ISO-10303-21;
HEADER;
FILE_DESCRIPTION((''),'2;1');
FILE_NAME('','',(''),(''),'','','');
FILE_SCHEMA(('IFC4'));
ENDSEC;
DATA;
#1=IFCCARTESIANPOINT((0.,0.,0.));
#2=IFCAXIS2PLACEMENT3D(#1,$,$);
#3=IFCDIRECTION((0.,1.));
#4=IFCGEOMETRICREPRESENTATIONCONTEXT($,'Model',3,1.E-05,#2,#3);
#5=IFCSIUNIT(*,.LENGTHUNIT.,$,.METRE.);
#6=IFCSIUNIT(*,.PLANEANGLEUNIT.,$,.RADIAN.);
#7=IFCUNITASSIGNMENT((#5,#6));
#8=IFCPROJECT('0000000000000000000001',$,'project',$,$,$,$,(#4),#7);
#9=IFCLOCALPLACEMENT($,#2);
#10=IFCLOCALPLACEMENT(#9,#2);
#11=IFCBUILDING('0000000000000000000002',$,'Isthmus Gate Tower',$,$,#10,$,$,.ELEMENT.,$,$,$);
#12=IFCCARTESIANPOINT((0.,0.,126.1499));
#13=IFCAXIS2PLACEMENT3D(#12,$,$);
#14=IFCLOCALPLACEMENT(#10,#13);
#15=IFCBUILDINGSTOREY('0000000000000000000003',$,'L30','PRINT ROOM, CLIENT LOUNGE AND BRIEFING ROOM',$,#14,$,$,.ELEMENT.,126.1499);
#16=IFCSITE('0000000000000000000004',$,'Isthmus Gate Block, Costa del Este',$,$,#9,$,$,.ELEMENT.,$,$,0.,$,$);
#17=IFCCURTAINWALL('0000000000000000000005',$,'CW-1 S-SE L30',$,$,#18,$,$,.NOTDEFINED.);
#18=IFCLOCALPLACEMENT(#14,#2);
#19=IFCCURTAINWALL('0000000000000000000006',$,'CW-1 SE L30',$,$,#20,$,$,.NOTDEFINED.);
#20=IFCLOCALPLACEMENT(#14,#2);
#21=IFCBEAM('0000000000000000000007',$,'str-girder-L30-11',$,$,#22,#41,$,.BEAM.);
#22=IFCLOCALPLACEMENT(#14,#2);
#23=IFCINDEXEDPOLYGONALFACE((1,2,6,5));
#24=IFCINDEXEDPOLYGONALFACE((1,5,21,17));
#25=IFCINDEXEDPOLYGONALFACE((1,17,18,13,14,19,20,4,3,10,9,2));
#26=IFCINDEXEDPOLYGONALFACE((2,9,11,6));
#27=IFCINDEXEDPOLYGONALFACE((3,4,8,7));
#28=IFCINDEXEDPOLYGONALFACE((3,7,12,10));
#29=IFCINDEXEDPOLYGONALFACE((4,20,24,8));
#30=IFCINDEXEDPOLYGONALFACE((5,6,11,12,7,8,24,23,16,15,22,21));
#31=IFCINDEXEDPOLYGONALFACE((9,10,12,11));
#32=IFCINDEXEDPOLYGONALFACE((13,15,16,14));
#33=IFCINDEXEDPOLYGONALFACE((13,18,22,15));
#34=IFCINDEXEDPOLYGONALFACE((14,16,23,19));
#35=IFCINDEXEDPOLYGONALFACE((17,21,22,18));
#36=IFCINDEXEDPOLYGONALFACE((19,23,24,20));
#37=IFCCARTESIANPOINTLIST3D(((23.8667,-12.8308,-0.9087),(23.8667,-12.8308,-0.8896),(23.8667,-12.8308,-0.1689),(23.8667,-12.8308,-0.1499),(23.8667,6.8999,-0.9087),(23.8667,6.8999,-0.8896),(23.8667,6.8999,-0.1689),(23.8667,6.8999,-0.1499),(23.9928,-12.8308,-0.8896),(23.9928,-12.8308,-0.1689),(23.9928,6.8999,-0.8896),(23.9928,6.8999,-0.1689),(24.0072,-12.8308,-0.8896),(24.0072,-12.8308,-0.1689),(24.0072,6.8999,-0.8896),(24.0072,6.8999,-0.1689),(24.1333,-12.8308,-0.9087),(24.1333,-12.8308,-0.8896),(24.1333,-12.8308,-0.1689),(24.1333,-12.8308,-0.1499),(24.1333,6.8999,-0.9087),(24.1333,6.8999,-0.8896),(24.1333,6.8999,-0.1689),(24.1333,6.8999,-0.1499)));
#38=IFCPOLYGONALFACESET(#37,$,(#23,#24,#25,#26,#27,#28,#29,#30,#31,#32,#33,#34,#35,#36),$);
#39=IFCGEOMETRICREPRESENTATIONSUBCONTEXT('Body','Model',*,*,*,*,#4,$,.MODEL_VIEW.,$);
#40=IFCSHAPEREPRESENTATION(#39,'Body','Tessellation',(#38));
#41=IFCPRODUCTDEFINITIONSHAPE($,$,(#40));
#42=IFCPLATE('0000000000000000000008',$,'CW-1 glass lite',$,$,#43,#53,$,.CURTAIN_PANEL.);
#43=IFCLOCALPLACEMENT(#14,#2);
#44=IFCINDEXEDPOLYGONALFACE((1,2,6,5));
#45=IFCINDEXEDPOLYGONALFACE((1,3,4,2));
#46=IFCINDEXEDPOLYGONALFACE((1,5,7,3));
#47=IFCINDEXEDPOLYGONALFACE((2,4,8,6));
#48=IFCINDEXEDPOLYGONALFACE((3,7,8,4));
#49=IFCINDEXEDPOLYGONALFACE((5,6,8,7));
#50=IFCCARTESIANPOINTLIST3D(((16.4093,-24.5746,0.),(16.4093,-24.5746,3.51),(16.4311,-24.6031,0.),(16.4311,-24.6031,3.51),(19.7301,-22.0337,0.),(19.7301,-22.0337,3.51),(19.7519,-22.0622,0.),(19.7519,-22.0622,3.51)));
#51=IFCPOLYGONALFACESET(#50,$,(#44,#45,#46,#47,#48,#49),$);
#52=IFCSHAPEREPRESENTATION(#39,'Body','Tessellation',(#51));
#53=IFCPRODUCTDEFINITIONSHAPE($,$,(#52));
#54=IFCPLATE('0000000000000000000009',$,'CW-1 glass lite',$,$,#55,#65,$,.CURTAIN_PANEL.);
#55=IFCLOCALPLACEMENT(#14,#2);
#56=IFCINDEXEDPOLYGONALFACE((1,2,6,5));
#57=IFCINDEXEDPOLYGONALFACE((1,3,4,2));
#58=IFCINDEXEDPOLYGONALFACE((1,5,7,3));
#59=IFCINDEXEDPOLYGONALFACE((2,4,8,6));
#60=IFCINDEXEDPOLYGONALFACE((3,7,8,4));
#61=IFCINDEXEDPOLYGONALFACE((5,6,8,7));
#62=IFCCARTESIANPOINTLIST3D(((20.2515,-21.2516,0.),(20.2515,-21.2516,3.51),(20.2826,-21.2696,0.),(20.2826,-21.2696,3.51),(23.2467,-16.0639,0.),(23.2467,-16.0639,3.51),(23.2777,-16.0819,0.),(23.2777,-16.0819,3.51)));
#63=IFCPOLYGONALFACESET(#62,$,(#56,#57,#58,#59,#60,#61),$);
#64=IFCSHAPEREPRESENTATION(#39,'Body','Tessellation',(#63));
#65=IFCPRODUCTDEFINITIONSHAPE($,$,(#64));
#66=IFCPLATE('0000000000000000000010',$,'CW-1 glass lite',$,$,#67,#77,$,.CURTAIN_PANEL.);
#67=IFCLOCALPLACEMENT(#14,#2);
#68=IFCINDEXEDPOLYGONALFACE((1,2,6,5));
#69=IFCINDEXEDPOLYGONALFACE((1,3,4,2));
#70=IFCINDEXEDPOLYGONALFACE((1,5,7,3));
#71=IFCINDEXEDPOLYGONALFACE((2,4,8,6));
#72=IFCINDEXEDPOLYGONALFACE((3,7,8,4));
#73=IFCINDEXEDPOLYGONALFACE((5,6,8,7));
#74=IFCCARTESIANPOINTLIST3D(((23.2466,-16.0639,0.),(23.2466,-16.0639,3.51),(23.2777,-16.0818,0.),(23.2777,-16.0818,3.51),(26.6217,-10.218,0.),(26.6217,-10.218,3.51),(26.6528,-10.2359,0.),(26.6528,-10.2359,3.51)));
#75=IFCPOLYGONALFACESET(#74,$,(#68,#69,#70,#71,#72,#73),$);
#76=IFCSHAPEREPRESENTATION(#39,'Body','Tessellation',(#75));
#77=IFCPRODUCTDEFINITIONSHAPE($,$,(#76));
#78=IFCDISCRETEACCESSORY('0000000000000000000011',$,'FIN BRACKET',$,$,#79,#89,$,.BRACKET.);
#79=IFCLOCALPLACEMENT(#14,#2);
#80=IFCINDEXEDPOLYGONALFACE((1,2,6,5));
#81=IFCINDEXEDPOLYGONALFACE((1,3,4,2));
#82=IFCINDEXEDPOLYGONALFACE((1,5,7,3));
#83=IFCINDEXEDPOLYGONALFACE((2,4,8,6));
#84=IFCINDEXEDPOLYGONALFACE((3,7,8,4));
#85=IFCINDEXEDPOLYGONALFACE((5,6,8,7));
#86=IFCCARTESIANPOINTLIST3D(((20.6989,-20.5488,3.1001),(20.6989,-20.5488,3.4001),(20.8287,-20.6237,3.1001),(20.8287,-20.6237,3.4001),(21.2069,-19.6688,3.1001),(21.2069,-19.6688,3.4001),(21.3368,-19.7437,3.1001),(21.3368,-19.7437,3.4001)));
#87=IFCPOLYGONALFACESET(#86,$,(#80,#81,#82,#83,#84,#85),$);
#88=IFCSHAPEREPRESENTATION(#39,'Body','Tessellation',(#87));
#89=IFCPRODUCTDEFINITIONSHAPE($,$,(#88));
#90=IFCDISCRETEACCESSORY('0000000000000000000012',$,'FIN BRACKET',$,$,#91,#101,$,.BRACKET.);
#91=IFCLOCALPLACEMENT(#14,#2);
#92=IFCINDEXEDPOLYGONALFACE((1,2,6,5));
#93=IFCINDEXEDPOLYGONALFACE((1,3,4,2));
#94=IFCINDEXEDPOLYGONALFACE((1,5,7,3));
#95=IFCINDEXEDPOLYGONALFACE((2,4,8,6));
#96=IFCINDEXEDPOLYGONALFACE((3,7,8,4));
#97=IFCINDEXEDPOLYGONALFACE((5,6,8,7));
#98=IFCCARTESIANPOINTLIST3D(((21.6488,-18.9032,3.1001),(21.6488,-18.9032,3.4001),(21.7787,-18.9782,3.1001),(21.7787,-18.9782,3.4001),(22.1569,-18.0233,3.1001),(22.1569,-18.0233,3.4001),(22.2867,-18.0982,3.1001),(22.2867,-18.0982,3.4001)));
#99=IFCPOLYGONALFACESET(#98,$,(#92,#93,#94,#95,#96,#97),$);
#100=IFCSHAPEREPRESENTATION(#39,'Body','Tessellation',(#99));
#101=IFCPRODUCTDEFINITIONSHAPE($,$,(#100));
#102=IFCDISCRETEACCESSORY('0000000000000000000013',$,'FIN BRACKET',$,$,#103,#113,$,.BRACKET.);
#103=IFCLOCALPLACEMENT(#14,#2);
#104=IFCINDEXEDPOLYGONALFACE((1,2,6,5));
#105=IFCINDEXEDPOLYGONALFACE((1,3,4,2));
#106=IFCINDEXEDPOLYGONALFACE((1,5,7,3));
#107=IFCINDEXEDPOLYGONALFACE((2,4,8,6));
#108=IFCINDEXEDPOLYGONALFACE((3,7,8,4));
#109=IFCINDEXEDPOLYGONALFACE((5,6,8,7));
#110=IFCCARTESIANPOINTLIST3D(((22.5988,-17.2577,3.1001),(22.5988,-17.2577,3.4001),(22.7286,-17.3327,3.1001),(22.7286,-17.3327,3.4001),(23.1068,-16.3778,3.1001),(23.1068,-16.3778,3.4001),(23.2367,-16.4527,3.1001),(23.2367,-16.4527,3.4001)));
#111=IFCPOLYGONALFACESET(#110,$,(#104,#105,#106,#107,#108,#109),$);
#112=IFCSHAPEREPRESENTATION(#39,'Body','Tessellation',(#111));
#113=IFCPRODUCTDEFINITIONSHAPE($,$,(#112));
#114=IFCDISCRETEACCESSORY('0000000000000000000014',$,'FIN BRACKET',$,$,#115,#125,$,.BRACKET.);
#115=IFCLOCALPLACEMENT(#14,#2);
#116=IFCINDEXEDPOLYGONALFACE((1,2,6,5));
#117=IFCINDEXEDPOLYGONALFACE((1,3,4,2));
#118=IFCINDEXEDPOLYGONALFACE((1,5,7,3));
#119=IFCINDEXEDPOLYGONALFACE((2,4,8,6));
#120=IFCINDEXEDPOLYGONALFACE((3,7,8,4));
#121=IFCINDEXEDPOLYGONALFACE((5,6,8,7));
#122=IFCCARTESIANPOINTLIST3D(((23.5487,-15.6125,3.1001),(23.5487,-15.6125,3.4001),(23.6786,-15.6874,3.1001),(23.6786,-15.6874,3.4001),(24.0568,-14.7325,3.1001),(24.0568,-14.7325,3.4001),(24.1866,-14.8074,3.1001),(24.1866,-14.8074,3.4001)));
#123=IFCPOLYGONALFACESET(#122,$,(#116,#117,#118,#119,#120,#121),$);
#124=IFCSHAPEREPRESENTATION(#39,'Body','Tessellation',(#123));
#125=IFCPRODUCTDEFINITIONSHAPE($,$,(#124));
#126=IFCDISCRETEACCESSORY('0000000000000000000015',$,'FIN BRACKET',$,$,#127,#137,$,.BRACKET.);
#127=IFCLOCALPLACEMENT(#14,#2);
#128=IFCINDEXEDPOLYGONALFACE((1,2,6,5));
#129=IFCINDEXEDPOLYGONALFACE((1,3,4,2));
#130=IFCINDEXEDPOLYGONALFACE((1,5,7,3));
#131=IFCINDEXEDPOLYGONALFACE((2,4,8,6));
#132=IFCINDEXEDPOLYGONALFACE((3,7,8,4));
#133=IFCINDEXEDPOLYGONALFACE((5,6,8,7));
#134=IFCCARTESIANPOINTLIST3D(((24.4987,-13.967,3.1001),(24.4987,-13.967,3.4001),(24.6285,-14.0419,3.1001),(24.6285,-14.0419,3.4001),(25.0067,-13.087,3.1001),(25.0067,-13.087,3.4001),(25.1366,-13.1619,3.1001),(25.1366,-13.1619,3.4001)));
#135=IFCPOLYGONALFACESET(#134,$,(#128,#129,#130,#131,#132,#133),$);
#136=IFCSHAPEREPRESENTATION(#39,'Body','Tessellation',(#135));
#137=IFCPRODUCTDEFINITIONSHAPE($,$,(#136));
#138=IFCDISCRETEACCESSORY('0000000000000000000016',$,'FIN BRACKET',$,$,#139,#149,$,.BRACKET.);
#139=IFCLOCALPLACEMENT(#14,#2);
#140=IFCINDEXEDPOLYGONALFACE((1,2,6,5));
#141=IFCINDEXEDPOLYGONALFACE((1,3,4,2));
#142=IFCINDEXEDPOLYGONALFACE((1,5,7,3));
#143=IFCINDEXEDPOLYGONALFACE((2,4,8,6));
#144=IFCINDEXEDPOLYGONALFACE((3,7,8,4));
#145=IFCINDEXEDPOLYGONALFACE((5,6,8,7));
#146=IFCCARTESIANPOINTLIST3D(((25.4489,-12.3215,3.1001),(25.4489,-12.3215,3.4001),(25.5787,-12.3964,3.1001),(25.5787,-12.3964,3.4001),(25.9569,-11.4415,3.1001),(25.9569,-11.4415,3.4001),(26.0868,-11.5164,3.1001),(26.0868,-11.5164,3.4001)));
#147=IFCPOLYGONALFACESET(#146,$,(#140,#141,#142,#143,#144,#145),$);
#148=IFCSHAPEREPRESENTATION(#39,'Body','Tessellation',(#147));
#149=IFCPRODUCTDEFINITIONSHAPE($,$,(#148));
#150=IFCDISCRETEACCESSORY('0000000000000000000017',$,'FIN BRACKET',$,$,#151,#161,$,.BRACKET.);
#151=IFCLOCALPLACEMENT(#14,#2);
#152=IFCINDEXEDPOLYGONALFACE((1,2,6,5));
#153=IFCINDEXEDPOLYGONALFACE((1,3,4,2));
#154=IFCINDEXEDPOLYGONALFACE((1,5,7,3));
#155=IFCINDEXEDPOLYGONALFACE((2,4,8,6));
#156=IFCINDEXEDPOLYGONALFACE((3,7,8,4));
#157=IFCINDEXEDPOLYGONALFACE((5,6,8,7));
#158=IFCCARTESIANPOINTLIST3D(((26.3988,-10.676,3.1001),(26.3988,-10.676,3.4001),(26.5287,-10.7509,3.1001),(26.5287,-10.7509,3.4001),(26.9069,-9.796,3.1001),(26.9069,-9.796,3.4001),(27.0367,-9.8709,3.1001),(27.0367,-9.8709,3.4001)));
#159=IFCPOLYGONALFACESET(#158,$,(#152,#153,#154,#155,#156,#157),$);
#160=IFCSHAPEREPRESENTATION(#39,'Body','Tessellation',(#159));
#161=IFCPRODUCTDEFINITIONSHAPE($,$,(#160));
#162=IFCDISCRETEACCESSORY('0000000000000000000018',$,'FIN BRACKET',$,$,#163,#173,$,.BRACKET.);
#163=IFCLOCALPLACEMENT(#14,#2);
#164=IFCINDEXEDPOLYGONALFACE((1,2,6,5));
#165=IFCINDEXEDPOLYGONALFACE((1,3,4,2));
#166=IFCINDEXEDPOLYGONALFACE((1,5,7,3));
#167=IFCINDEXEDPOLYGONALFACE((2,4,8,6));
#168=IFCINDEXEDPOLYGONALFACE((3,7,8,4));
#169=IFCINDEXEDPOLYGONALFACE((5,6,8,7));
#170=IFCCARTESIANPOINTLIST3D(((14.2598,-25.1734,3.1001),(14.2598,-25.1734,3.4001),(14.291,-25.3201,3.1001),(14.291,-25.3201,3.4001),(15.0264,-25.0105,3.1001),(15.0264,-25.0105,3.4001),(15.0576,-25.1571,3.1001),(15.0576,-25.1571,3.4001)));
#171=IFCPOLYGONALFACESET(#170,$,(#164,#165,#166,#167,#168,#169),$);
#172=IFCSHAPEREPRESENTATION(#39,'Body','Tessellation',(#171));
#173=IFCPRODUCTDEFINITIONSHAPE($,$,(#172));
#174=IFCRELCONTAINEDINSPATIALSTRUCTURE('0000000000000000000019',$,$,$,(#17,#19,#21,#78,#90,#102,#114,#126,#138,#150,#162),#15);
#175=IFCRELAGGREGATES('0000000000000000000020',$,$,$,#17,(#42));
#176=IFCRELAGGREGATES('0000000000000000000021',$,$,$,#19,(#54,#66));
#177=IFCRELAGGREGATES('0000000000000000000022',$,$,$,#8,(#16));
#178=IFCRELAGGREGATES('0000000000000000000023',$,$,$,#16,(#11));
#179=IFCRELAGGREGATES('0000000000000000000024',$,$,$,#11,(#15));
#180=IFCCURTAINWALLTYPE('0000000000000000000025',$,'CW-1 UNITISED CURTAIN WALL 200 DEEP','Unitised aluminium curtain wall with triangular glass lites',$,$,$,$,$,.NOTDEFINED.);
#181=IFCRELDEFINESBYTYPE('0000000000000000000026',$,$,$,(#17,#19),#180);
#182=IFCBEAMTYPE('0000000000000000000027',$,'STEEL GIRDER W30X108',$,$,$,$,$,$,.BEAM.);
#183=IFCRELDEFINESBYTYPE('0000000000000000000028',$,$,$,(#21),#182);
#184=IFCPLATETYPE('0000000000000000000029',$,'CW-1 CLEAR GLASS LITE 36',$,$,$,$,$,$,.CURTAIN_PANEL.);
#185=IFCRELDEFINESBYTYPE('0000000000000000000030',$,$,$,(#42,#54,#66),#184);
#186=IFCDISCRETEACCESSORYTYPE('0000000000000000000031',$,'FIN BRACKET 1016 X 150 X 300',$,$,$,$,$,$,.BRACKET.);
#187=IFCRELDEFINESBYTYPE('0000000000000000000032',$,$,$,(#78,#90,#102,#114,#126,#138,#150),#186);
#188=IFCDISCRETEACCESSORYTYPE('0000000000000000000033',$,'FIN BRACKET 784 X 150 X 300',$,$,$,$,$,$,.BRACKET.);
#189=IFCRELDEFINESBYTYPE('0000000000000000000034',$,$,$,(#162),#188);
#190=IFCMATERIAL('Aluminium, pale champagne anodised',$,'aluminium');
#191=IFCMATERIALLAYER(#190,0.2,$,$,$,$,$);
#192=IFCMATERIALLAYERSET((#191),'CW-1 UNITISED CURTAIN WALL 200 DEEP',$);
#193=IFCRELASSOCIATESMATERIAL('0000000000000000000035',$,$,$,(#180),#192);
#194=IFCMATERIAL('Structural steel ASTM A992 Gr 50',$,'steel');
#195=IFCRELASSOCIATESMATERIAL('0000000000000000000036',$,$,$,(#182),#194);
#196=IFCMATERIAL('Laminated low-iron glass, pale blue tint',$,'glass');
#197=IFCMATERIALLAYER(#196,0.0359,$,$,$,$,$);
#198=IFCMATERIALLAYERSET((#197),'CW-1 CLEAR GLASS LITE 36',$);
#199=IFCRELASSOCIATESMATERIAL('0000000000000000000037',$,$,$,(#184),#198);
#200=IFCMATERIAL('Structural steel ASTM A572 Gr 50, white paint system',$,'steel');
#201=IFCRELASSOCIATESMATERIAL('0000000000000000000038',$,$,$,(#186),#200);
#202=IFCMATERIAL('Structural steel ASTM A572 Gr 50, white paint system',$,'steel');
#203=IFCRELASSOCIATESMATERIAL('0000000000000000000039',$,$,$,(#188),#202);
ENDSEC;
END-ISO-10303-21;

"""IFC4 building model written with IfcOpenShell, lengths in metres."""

from ifc_helpers import new_model, si_unit, direction, frame, origin, origin_2d, place, context, subcontext, project, spatial, rectangle, i_section, extrude, material, layer, layer_set, material_profile, profile_set, type_object, element, aggregate, save


model = new_model("IFC4")

# Units and contexts
model_context = context("Model", 3, precision=1e-05, world=origin(), true_north=direction((0.0, 1.0)))
body_context = subcontext(model_context, "Body", "Model", "MODEL_VIEW")
ifc_project = project(units=[si_unit("LENGTHUNIT", "METRE"), si_unit("PLANEANGLEUNIT", "RADIAN")], contexts=[model_context])

# Site, building, storey
site_placement = place(None, origin())
site = spatial("IfcSite", under=ifc_project, at=site_placement, Name="Isthmus Gate Block, Costa del Este", CompositionType="ELEMENT", RefElevation=0.0)
building_placement = place(site_placement, origin())
building = spatial("IfcBuilding", under=site, at=building_placement, Name="Isthmus Gate Tower", CompositionType="ELEMENT")
storey_placement = place(building_placement, frame((0.0, 0.0, 126.1499)))
storey = spatial("IfcBuildingStorey", under=building, at=storey_placement, Name="L30", Description="PRINT ROOM, CLIENT LOUNGE AND BRIEFING ROOM", CompositionType="ELEMENT", Elevation=126.1499)

# Curtain wall
ifc_material_1 = material(Name="Aluminium, pale champagne anodised", Category="aluminium")
ifc_layer_1 = layer(ifc_material_1, 0.2)
ifc_layer_set_1 = layer_set([ifc_layer_1], Name="CW-1 UNITISED CURTAIN WALL 200 DEEP")
curtain_wall_type = type_object("IfcCurtainWallType", Name="CW-1 UNITISED CURTAIN WALL 200 DEEP", Description="Unitised aluminium curtain wall with triangular glass lites", PredefinedType="NOTDEFINED", material=ifc_layer_set_1)
curtain_wall_1_placement = place(storey_placement, origin())
curtain_wall_1 = element("IfcCurtainWall", 1, at=curtain_wall_1_placement, inside=storey, type_object=curtain_wall_type, Name="CW-1 S-SE L30", PredefinedType="NOTDEFINED")

# Curtain wall
curtain_wall_2_placement = place(storey_placement, origin())
curtain_wall_2 = element("IfcCurtainWall", 2, at=curtain_wall_2_placement, inside=storey, type_object=curtain_wall_type, Name="CW-1 SE L30", PredefinedType="NOTDEFINED")

# Beam
ifc_material_2 = material(Name="Structural steel ASTM A992 Gr 50", Category="steel")
ifc_material_profile_1 = material_profile(ifc_material_2, i_section(OverallWidth=0.2666, OverallDepth=0.7588, WebThickness=0.0144, FlangeThickness=0.019, at=origin_2d()), Name="W30X108")
ifc_profile_set_1 = profile_set([ifc_material_profile_1], Name="Structural steel ASTM A992 Gr 50")
beam_type_1 = type_object("IfcBeamType", Name="STEEL GIRDER W30X108", PredefinedType="BEAM", material=ifc_profile_set_1)
beam_1_placement = place(storey_placement, frame((24.0, -12.8308, -0.5293), z_axis=(0.0, 1.0, 0.0), x_axis=(-1.0, 0.0, 0.0)))
element("IfcBeam", 3, at=beam_1_placement, inside=storey, type_object=beam_type_1, Name="str-girder-L30-11", PredefinedType="BEAM", context=body_context, shape_type="SweptSolid", body=[
    extrude(i_section(OverallWidth=0.2666, OverallDepth=0.7588, WebThickness=0.0144, FlangeThickness=0.019, at=origin_2d()), origin(), (0.0, 0.0, 1.0), 19.7307),
])

# Plates
ifc_material_3 = material(Name="Laminated low-iron glass, pale blue tint", Category="glass")
ifc_layer_2 = layer(ifc_material_3, 0.0359)
ifc_layer_set_2 = layer_set([ifc_layer_2], Name="CW-1 CLEAR GLASS LITE 36")
plate_type = type_object("IfcPlateType", Name="CW-1 CLEAR GLASS LITE 36", PredefinedType="CURTAIN_PANEL", material=ifc_layer_set_2)
plate_1_placement = place(storey_placement, frame((18.0806, -23.3184, 0.0), z_axis=(0.0, 0.0, 1.0), x_axis=(0.794189, 0.607671, 0.0)))
plate_1 = element("IfcPlate", 4, at=plate_1_placement, type_object=plate_type, Name="CW-1 glass lite", PredefinedType="CURTAIN_PANEL", context=body_context, shape_type="SweptSolid", body=[
    extrude(rectangle(XDim=4.1814, YDim=0.0359, at=origin_2d()), origin(), (0.0, 0.0, 1.0), 3.51),
])
aggregate(curtain_wall_1, [plate_1])
plate_2_placement = place(storey_placement, frame((21.7646, -18.6667, 0.0), z_axis=(0.0, 0.0, 1.0), x_axis=(0.5, 0.866025, 0.0)))
plate_2 = element("IfcPlate", 5, at=plate_2_placement, type_object=plate_type, Name="CW-1 glass lite", PredefinedType="CURTAIN_PANEL", context=body_context, shape_type="SweptSolid", body=[
    extrude(rectangle(XDim=5.9902, YDim=0.0359, at=origin_2d()), origin(), (0.0, 0.0, 1.0), 3.51),
])
plate_3_placement = place(storey_placement, frame((24.9497, -13.1499, 0.0), z_axis=(0.0, 0.0, 1.0), x_axis=(0.5, 0.866025, 0.0)))
plate_3 = element("IfcPlate", 6, at=plate_3_placement, type_object=plate_type, Name="CW-1 glass lite", PredefinedType="CURTAIN_PANEL", context=body_context, shape_type="SweptSolid", body=[
    extrude(rectangle(XDim=6.7502, YDim=0.0359, at=origin_2d()), origin(), (0.0, 0.0, 1.0), 3.51),
])
aggregate(curtain_wall_2, [plate_2, plate_3])

# Discrete accessories
ifc_material_4 = material(Name="Structural steel ASTM A572 Gr 50, white paint system", Category="steel")
discrete_accessory_type_1 = type_object("IfcDiscreteAccessoryType", Name="FIN BRACKET 1016 X 150 X 300", PredefinedType="BRACKET", material=ifc_material_4)
for number, where, z_axis, x_axis, name in (
    (7, (21.0178, -20.1462, 3.1001), (0.0, 0.0, 1.0), (0.866025, -0.5, 0.0), "FIN BRACKET"),
    (8, (21.9678, -18.5007, 3.1001), (0.0, 0.0, 1.0), (0.866025, -0.5, 0.0), "FIN BRACKET"),
    (9, (22.9177, -16.8552, 3.1001), (0.0, 0.0, 1.0), (0.866025, -0.5, 0.0), "FIN BRACKET"),
    (10, (23.8677, -15.21, 3.1001), (0.0, 0.0, 1.0), (0.866025, -0.5, 0.0), "FIN BRACKET"),
    (11, (24.8176, -13.5645, 3.1001), (0.0, 0.0, 1.0), (0.866025, -0.5, 0.0), "FIN BRACKET"),
    (12, (25.7678, -11.9189, 3.1001), (0.0, 0.0, 1.0), (0.866025, -0.5, 0.0), "FIN BRACKET"),
    (13, (26.7178, -10.2734, 3.1001), (0.0, 0.0, 1.0), (0.866025, -0.5, 0.0), "FIN BRACKET"),
):
    element("IfcDiscreteAccessory", number, at=place(storey_placement, frame(where, z_axis=z_axis, x_axis=x_axis)), inside=storey, type_object=discrete_accessory_type_1, Name=name, PredefinedType="BRACKET", context=body_context, shape_type="SweptSolid", body=[
        extrude(rectangle(XDim=0.1499, YDim=1.0161, at=origin_2d()), origin(), (0.0, 0.0, 1.0), 0.3),
    ])
ifc_material_5 = material(Name="Structural steel ASTM A572 Gr 50, white paint system", Category="steel")
discrete_accessory_type_2 = type_object("IfcDiscreteAccessoryType", Name="FIN BRACKET 784 X 150 X 300", PredefinedType="BRACKET", material=ifc_material_5)
discrete_accessory_placement = place(storey_placement, frame((14.6587, -25.1653, 3.1001), z_axis=(0.0, 0.0, 1.0), x_axis=(0.207912, -0.978148, 0.0)))
element("IfcDiscreteAccessory", 14, at=discrete_accessory_placement, inside=storey, type_object=discrete_accessory_type_2, Name="FIN BRACKET", PredefinedType="BRACKET", context=body_context, shape_type="SweptSolid", body=[
    extrude(rectangle(XDim=0.1499, YDim=0.7837, at=origin_2d()), origin(), (0.0, 0.0, 1.0), 0.3),
])

save(model, "model.ifc")
